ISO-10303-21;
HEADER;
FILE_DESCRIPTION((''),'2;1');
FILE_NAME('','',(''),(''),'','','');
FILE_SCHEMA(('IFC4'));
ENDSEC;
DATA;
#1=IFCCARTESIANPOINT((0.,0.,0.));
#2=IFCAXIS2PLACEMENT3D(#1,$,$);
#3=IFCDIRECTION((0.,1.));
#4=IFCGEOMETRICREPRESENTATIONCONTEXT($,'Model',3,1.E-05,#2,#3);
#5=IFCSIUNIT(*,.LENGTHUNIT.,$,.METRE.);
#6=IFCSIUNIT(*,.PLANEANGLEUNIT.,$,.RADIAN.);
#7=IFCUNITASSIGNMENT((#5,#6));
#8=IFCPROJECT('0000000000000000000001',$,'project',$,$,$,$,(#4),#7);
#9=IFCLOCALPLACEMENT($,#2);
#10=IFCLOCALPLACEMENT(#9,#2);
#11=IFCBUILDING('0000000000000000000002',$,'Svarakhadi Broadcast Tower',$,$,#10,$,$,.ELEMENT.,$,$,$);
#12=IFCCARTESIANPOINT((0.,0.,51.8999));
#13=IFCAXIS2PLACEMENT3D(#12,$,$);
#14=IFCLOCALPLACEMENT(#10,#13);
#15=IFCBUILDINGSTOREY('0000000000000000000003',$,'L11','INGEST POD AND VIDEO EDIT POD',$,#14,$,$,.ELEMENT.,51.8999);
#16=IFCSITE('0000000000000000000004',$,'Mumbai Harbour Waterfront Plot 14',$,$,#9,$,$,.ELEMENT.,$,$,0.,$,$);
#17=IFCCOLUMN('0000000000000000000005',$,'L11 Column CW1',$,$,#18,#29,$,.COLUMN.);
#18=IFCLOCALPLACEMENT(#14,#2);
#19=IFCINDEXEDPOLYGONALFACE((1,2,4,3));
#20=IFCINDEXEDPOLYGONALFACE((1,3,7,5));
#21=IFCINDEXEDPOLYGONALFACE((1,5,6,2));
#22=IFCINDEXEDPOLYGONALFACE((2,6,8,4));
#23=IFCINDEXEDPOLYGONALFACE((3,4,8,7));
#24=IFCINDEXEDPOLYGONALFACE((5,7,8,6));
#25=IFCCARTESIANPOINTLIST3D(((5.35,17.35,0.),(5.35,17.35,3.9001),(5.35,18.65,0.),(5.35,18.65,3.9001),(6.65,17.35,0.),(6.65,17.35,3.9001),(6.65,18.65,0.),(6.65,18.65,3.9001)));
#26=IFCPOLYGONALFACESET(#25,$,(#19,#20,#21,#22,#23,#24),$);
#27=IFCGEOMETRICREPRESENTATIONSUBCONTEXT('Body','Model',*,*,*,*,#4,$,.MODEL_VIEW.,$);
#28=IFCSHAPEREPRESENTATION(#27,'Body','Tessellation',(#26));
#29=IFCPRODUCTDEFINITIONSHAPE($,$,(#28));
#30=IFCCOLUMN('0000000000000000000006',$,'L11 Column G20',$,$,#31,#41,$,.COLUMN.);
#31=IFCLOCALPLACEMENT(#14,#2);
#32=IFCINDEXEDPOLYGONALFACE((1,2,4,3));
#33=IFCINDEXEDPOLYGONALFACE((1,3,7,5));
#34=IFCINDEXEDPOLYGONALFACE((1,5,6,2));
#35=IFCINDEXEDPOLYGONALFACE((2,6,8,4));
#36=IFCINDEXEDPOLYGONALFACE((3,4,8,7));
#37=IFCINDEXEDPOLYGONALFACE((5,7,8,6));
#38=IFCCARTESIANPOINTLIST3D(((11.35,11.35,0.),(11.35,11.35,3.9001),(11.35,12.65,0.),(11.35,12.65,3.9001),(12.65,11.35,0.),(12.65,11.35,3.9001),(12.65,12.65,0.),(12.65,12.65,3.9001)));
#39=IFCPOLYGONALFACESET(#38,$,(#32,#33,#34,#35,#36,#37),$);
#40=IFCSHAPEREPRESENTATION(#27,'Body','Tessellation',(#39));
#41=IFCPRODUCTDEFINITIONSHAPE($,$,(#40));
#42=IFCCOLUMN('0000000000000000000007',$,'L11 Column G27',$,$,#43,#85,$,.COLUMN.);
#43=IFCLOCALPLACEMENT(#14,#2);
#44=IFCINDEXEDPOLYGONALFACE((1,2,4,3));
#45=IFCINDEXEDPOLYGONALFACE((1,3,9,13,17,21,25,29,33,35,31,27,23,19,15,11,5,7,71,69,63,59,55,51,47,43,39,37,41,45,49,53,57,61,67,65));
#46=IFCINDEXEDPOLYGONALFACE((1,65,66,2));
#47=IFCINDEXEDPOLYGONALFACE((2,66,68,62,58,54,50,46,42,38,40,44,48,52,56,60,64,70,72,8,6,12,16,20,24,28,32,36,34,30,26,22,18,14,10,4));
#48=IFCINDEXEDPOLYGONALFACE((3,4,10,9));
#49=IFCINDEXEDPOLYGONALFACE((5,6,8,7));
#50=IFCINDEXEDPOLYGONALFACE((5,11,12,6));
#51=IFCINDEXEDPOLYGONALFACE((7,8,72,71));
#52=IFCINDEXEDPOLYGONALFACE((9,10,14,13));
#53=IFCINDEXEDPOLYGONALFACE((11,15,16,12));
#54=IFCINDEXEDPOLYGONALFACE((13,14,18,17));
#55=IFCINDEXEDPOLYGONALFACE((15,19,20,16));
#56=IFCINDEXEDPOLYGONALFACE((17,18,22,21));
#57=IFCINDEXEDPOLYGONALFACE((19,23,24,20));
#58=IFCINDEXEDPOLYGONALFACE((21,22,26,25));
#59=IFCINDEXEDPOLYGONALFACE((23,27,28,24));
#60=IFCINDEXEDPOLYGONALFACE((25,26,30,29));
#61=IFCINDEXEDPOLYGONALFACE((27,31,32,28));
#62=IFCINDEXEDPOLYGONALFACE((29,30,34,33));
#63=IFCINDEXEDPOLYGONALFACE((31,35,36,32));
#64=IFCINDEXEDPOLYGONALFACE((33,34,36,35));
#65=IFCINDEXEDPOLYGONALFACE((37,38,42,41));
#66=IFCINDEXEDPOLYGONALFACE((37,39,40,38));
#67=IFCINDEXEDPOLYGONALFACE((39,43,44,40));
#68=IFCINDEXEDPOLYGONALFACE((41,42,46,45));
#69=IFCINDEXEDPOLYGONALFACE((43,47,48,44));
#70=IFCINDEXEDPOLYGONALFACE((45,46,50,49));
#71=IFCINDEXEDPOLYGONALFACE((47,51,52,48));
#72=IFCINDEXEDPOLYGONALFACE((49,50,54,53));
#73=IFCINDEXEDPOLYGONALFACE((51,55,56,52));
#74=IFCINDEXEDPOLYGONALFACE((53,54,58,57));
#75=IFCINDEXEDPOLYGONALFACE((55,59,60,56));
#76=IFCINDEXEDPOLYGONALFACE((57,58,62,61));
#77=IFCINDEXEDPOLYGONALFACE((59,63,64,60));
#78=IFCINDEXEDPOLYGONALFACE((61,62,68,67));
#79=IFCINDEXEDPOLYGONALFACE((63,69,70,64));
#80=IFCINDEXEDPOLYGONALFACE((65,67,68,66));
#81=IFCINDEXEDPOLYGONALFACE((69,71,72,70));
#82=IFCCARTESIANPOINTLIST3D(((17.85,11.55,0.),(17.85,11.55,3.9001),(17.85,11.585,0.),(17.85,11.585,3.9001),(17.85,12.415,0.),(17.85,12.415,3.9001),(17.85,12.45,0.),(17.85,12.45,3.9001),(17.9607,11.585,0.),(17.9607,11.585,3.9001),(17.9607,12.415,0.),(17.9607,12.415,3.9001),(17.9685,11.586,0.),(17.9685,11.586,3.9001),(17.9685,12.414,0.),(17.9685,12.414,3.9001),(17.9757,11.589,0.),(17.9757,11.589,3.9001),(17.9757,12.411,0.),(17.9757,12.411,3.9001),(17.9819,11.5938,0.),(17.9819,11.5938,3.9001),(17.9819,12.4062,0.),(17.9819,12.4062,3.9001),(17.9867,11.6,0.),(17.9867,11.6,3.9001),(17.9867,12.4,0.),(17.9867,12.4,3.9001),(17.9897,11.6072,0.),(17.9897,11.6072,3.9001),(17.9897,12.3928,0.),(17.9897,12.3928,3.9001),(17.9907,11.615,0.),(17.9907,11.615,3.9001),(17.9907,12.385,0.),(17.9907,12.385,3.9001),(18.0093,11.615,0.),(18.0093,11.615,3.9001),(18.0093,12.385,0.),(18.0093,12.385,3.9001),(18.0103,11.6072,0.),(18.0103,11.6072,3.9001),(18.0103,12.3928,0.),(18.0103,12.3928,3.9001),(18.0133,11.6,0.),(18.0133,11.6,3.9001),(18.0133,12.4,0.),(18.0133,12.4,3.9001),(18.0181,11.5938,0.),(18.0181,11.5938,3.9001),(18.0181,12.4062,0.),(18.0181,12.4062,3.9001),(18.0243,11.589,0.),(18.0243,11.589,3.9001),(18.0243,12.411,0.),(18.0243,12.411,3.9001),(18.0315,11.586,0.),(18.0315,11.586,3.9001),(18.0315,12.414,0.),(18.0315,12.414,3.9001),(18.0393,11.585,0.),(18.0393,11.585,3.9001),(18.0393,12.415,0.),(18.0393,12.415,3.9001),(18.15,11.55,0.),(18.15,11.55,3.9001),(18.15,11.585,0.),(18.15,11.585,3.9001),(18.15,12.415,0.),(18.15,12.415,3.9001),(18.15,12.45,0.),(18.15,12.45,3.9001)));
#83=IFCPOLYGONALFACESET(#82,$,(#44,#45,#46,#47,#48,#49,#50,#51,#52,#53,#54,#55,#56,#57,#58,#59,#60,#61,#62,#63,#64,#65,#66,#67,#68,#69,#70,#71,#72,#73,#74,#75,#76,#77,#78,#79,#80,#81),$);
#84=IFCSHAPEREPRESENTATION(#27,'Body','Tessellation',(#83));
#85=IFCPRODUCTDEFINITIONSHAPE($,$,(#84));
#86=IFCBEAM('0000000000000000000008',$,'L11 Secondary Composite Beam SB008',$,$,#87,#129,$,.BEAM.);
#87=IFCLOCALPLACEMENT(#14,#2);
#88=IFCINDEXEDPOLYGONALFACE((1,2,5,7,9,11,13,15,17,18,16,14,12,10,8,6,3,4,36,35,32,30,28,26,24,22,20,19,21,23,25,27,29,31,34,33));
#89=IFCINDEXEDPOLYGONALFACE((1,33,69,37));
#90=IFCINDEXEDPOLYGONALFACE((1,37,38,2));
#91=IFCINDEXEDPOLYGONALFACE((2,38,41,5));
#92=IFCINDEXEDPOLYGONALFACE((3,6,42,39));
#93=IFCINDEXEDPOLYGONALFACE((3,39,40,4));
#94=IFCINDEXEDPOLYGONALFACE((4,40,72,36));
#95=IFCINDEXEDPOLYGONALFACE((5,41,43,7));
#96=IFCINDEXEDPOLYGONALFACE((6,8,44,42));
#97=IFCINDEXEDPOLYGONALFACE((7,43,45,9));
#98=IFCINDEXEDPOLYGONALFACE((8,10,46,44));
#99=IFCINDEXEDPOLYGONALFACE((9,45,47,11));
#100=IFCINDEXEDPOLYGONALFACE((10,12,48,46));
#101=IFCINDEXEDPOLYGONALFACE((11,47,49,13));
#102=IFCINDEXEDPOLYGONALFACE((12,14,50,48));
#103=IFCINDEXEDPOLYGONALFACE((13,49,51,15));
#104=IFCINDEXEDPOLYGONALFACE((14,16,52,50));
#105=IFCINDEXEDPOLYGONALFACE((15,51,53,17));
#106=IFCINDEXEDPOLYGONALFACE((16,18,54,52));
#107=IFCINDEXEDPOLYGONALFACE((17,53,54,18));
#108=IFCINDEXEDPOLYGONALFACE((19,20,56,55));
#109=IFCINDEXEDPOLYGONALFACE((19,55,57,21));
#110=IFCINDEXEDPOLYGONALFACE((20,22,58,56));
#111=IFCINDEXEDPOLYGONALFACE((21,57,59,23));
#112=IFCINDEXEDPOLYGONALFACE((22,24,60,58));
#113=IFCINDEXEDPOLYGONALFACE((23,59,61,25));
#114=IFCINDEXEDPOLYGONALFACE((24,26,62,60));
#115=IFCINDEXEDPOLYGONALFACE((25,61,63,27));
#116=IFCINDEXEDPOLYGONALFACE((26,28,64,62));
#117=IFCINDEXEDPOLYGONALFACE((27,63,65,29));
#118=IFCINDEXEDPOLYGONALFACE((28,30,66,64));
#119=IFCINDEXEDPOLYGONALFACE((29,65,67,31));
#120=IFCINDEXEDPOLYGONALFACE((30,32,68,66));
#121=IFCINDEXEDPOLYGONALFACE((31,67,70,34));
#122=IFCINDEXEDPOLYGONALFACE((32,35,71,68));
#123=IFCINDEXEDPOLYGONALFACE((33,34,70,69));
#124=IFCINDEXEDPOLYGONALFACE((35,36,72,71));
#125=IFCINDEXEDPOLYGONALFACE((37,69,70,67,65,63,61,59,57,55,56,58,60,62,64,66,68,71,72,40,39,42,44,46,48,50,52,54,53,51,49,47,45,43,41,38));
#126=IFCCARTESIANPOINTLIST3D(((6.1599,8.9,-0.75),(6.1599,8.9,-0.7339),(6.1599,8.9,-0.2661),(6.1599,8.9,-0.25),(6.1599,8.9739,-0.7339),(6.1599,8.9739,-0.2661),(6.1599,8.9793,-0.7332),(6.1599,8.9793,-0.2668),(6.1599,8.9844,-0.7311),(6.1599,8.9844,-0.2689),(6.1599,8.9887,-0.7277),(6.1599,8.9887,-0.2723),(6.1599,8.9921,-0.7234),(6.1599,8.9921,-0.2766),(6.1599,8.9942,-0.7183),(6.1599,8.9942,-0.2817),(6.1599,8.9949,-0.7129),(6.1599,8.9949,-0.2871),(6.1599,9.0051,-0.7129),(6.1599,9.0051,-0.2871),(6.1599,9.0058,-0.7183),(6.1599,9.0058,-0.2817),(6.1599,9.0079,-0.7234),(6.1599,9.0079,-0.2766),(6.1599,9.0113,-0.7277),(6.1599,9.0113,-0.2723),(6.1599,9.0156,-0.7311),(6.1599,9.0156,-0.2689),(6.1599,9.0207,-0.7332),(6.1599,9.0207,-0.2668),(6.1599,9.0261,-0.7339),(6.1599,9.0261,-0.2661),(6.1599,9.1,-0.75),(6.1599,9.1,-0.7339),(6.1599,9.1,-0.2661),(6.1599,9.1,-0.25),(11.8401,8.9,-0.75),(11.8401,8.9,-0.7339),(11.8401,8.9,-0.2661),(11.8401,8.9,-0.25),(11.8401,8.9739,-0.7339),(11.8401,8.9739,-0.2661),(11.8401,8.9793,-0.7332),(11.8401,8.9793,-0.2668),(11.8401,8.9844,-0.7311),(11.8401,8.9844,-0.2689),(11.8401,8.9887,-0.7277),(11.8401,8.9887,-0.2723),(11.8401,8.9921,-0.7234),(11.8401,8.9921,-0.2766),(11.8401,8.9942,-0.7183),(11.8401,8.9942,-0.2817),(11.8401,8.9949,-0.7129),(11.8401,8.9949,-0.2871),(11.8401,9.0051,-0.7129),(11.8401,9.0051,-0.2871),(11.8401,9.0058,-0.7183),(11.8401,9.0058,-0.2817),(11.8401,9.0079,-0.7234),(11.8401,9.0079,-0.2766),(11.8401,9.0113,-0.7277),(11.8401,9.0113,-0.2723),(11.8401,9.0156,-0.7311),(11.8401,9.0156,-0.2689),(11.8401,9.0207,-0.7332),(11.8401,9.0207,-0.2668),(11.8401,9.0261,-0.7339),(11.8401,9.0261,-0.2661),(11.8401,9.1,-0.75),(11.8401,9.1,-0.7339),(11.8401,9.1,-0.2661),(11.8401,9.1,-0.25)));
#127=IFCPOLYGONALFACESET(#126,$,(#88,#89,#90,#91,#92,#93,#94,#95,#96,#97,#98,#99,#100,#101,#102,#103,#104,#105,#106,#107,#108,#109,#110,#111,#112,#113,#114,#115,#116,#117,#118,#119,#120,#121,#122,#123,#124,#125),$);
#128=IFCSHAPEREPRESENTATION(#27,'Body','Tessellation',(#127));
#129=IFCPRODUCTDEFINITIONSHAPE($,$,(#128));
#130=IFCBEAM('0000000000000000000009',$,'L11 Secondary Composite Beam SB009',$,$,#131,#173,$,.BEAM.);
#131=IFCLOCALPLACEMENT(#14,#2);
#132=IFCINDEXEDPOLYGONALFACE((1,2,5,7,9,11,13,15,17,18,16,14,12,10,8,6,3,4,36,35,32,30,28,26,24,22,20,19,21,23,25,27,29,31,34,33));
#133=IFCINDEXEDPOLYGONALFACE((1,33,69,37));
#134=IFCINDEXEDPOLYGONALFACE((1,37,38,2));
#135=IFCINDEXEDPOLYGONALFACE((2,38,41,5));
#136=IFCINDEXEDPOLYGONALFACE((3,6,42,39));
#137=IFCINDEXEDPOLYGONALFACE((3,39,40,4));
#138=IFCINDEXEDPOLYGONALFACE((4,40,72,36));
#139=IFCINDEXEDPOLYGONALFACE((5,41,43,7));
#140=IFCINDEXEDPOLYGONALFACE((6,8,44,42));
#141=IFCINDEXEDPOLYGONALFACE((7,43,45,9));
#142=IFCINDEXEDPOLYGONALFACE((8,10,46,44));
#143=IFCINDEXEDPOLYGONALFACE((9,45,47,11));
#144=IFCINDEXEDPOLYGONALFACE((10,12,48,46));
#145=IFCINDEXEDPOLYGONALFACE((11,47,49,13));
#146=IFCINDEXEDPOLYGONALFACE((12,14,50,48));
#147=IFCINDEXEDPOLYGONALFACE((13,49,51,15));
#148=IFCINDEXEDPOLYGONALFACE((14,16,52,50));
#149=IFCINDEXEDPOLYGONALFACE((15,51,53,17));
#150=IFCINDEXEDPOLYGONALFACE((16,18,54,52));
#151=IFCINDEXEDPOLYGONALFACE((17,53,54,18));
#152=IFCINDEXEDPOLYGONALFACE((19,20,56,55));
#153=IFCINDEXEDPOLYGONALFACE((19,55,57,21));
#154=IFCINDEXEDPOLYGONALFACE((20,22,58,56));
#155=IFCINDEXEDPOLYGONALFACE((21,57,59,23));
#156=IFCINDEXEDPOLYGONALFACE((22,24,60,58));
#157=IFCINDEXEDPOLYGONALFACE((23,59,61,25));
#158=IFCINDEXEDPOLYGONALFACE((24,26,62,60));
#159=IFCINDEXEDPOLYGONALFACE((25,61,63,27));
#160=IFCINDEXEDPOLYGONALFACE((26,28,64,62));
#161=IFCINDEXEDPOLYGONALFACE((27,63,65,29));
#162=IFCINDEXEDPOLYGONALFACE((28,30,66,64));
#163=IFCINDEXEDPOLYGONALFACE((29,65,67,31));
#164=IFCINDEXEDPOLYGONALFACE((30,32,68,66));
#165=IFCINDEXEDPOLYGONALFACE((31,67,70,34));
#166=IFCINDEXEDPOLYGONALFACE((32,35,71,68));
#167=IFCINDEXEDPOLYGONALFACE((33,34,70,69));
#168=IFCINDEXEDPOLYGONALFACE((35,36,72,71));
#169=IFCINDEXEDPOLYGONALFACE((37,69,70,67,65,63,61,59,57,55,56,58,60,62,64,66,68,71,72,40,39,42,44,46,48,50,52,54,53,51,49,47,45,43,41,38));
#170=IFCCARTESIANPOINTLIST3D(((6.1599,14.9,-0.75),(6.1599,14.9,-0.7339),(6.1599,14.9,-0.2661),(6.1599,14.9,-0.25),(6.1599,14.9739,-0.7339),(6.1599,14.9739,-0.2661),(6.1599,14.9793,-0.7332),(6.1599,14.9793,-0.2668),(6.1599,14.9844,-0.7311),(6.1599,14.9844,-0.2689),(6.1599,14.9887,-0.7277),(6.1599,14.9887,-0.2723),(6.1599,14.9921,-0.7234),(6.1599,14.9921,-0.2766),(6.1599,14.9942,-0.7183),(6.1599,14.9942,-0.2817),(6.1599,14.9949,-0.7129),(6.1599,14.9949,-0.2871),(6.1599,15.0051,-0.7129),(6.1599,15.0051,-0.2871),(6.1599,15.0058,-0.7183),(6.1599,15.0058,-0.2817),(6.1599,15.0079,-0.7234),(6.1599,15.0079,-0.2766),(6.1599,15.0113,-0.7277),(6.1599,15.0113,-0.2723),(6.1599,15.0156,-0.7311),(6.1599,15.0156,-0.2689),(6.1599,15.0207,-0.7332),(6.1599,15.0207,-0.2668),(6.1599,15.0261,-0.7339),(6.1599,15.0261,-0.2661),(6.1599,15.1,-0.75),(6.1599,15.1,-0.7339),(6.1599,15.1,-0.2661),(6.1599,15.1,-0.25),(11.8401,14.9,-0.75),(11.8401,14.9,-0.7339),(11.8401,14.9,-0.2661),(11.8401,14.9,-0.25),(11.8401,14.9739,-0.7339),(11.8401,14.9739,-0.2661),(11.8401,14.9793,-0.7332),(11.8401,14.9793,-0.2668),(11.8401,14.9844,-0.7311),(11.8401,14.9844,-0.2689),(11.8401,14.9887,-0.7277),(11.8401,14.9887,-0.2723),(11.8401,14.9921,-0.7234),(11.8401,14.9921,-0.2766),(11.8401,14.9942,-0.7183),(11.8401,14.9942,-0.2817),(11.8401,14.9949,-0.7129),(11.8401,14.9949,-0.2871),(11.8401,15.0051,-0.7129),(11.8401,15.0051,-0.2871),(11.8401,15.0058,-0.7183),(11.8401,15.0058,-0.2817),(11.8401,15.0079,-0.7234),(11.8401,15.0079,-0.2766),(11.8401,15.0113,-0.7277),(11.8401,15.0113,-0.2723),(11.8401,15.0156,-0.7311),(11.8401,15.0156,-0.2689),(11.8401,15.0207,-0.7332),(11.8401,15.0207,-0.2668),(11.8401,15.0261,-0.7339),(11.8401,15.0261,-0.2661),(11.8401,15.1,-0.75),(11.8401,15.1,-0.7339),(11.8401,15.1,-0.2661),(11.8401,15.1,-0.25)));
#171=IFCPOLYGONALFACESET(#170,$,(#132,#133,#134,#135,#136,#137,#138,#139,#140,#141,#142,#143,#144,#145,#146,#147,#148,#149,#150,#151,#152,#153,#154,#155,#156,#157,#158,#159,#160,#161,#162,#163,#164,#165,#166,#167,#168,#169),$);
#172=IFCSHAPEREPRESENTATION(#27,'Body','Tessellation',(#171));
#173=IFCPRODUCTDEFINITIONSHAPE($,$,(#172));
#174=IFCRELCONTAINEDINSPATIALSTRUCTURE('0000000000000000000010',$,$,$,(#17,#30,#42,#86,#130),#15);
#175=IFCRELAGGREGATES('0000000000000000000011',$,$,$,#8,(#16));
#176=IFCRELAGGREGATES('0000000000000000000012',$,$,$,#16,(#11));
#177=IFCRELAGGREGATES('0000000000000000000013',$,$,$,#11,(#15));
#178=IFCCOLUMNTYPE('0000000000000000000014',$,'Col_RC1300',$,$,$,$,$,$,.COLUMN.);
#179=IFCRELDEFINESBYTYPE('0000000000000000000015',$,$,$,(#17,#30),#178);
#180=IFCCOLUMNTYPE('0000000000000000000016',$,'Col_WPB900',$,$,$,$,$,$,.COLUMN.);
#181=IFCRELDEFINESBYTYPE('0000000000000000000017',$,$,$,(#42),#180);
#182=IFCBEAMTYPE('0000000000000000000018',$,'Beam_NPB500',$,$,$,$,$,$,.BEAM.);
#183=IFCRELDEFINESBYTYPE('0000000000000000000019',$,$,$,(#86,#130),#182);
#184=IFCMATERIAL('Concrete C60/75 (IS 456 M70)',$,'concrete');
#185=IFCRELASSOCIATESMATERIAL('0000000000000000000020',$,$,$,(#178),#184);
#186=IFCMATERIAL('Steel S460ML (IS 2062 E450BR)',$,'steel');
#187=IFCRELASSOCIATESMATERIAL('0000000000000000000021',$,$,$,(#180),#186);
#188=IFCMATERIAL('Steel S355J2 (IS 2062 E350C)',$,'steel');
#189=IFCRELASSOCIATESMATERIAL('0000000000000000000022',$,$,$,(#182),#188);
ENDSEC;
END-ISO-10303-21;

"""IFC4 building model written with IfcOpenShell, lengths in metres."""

from ifc_helpers import new_model, si_unit, direction, frame, origin, origin_2d, place, context, subcontext, project, spatial, rectangle, i_section, extrude, material, material_profile, profile_set, type_object, element, save


model = new_model("IFC4")

# Units and contexts
model_context = context("Model", 3, precision=1e-05, world=origin(), true_north=direction((0.0, 1.0)))
body_context = subcontext(model_context, "Body", "Model", "MODEL_VIEW")
ifc_project = project(units=[si_unit("LENGTHUNIT", "METRE"), si_unit("PLANEANGLEUNIT", "RADIAN")], contexts=[model_context])

# Site, building, storey
site_placement = place(None, origin())
site = spatial("IfcSite", under=ifc_project, at=site_placement, Name="Mumbai Harbour Waterfront Plot 14", CompositionType="ELEMENT", RefElevation=0.0)
building_placement = place(site_placement, origin())
building = spatial("IfcBuilding", under=site, at=building_placement, Name="Svarakhadi Broadcast Tower", CompositionType="ELEMENT")
storey_placement = place(building_placement, frame((0.0, 0.0, 51.8999)))
storey = spatial("IfcBuildingStorey", under=building, at=storey_placement, Name="L11", Description="INGEST POD AND VIDEO EDIT POD", CompositionType="ELEMENT", Elevation=51.8999)

# Columns
ifc_material_1 = material(Name="Concrete C60/75 (IS 456 M70)", Category="concrete")
ifc_material_profile_1 = material_profile(ifc_material_1, rectangle(XDim=1.3, YDim=1.3, at=origin_2d()), Name="RC 1300x1300")
ifc_profile_set_1 = profile_set([ifc_material_profile_1], Name="Concrete C60/75 (IS 456 M70)")
column_type_1 = type_object("IfcColumnType", Name="Col_RC1300", PredefinedType="COLUMN", material=ifc_profile_set_1)
for number, where, z_axis, x_axis, name in (
    (1, (6.0, 18.0, 0.0), (0.0, 0.0, 1.0), (1.0, 0.0, 0.0), "L11 Column CW1"),
    (2, (12.0, 12.0, 0.0), (0.0, 0.0, 1.0), (1.0, 0.0, 0.0), "L11 Column G20"),
):
    element("IfcColumn", number, at=place(storey_placement, frame(where, z_axis=z_axis, x_axis=x_axis)), inside=storey, type_object=column_type_1, Name=name, PredefinedType="COLUMN", context=body_context, shape_type="SweptSolid", body=[
        extrude(rectangle(XDim=1.3, YDim=1.3, at=origin_2d()), origin(), (0.0, 0.0, 1.0), 3.9001),
    ])
ifc_material_2 = material(Name="Steel S460ML (IS 2062 E450BR)", Category="steel")
ifc_material_profile_2 = material_profile(ifc_material_2, i_section(OverallWidth=0.3, OverallDepth=0.8999, WebThickness=0.0186, FlangeThickness=0.0349, FilletRadius=0.03, at=origin_2d()), Name="WPB 900x300x291")
ifc_profile_set_2 = profile_set([ifc_material_profile_2], Name="Steel S460ML (IS 2062 E450BR)")
column_type_2 = type_object("IfcColumnType", Name="Col_WPB900", PredefinedType="COLUMN", material=ifc_profile_set_2)
column_placement = place(storey_placement, frame((18.0, 12.0, 0.0), z_axis=(0.0, 0.0, 1.0), x_axis=(1.0, 0.0, 0.0)))
element("IfcColumn", 3, at=column_placement, inside=storey, type_object=column_type_2, Name="L11 Column G27", PredefinedType="COLUMN", context=body_context, shape_type="SweptSolid", body=[
    extrude(i_section(OverallWidth=0.3, OverallDepth=0.8999, WebThickness=0.0186, FlangeThickness=0.0349, FilletRadius=0.03, at=origin_2d()), origin(), (0.0, 0.0, 1.0), 3.9001),
])

# Beams
ifc_material_3 = material(Name="Steel S355J2 (IS 2062 E350C)", Category="steel")
ifc_material_profile_3 = material_profile(ifc_material_3, i_section(OverallWidth=0.2, OverallDepth=0.5, WebThickness=0.0103, FlangeThickness=0.0161, FilletRadius=0.021, at=origin_2d()), Name="NPB 500x200x91")
ifc_profile_set_3 = profile_set([ifc_material_profile_3], Name="Steel S355J2 (IS 2062 E350C)")
beam_type_1 = type_object("IfcBeamType", Name="Beam_NPB500", PredefinedType="BEAM", material=ifc_profile_set_3)
for number, where, z_axis, x_axis, name in (
    (4, (6.1599, 9.0, -0.5), (1.0, 0.0, 0.0), (0.0, 1.0, 0.0), "L11 Secondary Composite Beam SB008"),
    (5, (6.1599, 15.0, -0.5), (1.0, 0.0, 0.0), (0.0, 1.0, 0.0), "L11 Secondary Composite Beam SB009"),
):
    element("IfcBeam", number, at=place(storey_placement, frame(where, z_axis=z_axis, x_axis=x_axis)), inside=storey, type_object=beam_type_1, Name=name, PredefinedType="BEAM", context=body_context, shape_type="SweptSolid", body=[
        extrude(i_section(OverallWidth=0.2, OverallDepth=0.5, WebThickness=0.0103, FlangeThickness=0.0161, FilletRadius=0.021, at=origin_2d()), origin(), (0.0, 0.0, 1.0), 5.6802),
    ])

save(model, "model.ifc")
